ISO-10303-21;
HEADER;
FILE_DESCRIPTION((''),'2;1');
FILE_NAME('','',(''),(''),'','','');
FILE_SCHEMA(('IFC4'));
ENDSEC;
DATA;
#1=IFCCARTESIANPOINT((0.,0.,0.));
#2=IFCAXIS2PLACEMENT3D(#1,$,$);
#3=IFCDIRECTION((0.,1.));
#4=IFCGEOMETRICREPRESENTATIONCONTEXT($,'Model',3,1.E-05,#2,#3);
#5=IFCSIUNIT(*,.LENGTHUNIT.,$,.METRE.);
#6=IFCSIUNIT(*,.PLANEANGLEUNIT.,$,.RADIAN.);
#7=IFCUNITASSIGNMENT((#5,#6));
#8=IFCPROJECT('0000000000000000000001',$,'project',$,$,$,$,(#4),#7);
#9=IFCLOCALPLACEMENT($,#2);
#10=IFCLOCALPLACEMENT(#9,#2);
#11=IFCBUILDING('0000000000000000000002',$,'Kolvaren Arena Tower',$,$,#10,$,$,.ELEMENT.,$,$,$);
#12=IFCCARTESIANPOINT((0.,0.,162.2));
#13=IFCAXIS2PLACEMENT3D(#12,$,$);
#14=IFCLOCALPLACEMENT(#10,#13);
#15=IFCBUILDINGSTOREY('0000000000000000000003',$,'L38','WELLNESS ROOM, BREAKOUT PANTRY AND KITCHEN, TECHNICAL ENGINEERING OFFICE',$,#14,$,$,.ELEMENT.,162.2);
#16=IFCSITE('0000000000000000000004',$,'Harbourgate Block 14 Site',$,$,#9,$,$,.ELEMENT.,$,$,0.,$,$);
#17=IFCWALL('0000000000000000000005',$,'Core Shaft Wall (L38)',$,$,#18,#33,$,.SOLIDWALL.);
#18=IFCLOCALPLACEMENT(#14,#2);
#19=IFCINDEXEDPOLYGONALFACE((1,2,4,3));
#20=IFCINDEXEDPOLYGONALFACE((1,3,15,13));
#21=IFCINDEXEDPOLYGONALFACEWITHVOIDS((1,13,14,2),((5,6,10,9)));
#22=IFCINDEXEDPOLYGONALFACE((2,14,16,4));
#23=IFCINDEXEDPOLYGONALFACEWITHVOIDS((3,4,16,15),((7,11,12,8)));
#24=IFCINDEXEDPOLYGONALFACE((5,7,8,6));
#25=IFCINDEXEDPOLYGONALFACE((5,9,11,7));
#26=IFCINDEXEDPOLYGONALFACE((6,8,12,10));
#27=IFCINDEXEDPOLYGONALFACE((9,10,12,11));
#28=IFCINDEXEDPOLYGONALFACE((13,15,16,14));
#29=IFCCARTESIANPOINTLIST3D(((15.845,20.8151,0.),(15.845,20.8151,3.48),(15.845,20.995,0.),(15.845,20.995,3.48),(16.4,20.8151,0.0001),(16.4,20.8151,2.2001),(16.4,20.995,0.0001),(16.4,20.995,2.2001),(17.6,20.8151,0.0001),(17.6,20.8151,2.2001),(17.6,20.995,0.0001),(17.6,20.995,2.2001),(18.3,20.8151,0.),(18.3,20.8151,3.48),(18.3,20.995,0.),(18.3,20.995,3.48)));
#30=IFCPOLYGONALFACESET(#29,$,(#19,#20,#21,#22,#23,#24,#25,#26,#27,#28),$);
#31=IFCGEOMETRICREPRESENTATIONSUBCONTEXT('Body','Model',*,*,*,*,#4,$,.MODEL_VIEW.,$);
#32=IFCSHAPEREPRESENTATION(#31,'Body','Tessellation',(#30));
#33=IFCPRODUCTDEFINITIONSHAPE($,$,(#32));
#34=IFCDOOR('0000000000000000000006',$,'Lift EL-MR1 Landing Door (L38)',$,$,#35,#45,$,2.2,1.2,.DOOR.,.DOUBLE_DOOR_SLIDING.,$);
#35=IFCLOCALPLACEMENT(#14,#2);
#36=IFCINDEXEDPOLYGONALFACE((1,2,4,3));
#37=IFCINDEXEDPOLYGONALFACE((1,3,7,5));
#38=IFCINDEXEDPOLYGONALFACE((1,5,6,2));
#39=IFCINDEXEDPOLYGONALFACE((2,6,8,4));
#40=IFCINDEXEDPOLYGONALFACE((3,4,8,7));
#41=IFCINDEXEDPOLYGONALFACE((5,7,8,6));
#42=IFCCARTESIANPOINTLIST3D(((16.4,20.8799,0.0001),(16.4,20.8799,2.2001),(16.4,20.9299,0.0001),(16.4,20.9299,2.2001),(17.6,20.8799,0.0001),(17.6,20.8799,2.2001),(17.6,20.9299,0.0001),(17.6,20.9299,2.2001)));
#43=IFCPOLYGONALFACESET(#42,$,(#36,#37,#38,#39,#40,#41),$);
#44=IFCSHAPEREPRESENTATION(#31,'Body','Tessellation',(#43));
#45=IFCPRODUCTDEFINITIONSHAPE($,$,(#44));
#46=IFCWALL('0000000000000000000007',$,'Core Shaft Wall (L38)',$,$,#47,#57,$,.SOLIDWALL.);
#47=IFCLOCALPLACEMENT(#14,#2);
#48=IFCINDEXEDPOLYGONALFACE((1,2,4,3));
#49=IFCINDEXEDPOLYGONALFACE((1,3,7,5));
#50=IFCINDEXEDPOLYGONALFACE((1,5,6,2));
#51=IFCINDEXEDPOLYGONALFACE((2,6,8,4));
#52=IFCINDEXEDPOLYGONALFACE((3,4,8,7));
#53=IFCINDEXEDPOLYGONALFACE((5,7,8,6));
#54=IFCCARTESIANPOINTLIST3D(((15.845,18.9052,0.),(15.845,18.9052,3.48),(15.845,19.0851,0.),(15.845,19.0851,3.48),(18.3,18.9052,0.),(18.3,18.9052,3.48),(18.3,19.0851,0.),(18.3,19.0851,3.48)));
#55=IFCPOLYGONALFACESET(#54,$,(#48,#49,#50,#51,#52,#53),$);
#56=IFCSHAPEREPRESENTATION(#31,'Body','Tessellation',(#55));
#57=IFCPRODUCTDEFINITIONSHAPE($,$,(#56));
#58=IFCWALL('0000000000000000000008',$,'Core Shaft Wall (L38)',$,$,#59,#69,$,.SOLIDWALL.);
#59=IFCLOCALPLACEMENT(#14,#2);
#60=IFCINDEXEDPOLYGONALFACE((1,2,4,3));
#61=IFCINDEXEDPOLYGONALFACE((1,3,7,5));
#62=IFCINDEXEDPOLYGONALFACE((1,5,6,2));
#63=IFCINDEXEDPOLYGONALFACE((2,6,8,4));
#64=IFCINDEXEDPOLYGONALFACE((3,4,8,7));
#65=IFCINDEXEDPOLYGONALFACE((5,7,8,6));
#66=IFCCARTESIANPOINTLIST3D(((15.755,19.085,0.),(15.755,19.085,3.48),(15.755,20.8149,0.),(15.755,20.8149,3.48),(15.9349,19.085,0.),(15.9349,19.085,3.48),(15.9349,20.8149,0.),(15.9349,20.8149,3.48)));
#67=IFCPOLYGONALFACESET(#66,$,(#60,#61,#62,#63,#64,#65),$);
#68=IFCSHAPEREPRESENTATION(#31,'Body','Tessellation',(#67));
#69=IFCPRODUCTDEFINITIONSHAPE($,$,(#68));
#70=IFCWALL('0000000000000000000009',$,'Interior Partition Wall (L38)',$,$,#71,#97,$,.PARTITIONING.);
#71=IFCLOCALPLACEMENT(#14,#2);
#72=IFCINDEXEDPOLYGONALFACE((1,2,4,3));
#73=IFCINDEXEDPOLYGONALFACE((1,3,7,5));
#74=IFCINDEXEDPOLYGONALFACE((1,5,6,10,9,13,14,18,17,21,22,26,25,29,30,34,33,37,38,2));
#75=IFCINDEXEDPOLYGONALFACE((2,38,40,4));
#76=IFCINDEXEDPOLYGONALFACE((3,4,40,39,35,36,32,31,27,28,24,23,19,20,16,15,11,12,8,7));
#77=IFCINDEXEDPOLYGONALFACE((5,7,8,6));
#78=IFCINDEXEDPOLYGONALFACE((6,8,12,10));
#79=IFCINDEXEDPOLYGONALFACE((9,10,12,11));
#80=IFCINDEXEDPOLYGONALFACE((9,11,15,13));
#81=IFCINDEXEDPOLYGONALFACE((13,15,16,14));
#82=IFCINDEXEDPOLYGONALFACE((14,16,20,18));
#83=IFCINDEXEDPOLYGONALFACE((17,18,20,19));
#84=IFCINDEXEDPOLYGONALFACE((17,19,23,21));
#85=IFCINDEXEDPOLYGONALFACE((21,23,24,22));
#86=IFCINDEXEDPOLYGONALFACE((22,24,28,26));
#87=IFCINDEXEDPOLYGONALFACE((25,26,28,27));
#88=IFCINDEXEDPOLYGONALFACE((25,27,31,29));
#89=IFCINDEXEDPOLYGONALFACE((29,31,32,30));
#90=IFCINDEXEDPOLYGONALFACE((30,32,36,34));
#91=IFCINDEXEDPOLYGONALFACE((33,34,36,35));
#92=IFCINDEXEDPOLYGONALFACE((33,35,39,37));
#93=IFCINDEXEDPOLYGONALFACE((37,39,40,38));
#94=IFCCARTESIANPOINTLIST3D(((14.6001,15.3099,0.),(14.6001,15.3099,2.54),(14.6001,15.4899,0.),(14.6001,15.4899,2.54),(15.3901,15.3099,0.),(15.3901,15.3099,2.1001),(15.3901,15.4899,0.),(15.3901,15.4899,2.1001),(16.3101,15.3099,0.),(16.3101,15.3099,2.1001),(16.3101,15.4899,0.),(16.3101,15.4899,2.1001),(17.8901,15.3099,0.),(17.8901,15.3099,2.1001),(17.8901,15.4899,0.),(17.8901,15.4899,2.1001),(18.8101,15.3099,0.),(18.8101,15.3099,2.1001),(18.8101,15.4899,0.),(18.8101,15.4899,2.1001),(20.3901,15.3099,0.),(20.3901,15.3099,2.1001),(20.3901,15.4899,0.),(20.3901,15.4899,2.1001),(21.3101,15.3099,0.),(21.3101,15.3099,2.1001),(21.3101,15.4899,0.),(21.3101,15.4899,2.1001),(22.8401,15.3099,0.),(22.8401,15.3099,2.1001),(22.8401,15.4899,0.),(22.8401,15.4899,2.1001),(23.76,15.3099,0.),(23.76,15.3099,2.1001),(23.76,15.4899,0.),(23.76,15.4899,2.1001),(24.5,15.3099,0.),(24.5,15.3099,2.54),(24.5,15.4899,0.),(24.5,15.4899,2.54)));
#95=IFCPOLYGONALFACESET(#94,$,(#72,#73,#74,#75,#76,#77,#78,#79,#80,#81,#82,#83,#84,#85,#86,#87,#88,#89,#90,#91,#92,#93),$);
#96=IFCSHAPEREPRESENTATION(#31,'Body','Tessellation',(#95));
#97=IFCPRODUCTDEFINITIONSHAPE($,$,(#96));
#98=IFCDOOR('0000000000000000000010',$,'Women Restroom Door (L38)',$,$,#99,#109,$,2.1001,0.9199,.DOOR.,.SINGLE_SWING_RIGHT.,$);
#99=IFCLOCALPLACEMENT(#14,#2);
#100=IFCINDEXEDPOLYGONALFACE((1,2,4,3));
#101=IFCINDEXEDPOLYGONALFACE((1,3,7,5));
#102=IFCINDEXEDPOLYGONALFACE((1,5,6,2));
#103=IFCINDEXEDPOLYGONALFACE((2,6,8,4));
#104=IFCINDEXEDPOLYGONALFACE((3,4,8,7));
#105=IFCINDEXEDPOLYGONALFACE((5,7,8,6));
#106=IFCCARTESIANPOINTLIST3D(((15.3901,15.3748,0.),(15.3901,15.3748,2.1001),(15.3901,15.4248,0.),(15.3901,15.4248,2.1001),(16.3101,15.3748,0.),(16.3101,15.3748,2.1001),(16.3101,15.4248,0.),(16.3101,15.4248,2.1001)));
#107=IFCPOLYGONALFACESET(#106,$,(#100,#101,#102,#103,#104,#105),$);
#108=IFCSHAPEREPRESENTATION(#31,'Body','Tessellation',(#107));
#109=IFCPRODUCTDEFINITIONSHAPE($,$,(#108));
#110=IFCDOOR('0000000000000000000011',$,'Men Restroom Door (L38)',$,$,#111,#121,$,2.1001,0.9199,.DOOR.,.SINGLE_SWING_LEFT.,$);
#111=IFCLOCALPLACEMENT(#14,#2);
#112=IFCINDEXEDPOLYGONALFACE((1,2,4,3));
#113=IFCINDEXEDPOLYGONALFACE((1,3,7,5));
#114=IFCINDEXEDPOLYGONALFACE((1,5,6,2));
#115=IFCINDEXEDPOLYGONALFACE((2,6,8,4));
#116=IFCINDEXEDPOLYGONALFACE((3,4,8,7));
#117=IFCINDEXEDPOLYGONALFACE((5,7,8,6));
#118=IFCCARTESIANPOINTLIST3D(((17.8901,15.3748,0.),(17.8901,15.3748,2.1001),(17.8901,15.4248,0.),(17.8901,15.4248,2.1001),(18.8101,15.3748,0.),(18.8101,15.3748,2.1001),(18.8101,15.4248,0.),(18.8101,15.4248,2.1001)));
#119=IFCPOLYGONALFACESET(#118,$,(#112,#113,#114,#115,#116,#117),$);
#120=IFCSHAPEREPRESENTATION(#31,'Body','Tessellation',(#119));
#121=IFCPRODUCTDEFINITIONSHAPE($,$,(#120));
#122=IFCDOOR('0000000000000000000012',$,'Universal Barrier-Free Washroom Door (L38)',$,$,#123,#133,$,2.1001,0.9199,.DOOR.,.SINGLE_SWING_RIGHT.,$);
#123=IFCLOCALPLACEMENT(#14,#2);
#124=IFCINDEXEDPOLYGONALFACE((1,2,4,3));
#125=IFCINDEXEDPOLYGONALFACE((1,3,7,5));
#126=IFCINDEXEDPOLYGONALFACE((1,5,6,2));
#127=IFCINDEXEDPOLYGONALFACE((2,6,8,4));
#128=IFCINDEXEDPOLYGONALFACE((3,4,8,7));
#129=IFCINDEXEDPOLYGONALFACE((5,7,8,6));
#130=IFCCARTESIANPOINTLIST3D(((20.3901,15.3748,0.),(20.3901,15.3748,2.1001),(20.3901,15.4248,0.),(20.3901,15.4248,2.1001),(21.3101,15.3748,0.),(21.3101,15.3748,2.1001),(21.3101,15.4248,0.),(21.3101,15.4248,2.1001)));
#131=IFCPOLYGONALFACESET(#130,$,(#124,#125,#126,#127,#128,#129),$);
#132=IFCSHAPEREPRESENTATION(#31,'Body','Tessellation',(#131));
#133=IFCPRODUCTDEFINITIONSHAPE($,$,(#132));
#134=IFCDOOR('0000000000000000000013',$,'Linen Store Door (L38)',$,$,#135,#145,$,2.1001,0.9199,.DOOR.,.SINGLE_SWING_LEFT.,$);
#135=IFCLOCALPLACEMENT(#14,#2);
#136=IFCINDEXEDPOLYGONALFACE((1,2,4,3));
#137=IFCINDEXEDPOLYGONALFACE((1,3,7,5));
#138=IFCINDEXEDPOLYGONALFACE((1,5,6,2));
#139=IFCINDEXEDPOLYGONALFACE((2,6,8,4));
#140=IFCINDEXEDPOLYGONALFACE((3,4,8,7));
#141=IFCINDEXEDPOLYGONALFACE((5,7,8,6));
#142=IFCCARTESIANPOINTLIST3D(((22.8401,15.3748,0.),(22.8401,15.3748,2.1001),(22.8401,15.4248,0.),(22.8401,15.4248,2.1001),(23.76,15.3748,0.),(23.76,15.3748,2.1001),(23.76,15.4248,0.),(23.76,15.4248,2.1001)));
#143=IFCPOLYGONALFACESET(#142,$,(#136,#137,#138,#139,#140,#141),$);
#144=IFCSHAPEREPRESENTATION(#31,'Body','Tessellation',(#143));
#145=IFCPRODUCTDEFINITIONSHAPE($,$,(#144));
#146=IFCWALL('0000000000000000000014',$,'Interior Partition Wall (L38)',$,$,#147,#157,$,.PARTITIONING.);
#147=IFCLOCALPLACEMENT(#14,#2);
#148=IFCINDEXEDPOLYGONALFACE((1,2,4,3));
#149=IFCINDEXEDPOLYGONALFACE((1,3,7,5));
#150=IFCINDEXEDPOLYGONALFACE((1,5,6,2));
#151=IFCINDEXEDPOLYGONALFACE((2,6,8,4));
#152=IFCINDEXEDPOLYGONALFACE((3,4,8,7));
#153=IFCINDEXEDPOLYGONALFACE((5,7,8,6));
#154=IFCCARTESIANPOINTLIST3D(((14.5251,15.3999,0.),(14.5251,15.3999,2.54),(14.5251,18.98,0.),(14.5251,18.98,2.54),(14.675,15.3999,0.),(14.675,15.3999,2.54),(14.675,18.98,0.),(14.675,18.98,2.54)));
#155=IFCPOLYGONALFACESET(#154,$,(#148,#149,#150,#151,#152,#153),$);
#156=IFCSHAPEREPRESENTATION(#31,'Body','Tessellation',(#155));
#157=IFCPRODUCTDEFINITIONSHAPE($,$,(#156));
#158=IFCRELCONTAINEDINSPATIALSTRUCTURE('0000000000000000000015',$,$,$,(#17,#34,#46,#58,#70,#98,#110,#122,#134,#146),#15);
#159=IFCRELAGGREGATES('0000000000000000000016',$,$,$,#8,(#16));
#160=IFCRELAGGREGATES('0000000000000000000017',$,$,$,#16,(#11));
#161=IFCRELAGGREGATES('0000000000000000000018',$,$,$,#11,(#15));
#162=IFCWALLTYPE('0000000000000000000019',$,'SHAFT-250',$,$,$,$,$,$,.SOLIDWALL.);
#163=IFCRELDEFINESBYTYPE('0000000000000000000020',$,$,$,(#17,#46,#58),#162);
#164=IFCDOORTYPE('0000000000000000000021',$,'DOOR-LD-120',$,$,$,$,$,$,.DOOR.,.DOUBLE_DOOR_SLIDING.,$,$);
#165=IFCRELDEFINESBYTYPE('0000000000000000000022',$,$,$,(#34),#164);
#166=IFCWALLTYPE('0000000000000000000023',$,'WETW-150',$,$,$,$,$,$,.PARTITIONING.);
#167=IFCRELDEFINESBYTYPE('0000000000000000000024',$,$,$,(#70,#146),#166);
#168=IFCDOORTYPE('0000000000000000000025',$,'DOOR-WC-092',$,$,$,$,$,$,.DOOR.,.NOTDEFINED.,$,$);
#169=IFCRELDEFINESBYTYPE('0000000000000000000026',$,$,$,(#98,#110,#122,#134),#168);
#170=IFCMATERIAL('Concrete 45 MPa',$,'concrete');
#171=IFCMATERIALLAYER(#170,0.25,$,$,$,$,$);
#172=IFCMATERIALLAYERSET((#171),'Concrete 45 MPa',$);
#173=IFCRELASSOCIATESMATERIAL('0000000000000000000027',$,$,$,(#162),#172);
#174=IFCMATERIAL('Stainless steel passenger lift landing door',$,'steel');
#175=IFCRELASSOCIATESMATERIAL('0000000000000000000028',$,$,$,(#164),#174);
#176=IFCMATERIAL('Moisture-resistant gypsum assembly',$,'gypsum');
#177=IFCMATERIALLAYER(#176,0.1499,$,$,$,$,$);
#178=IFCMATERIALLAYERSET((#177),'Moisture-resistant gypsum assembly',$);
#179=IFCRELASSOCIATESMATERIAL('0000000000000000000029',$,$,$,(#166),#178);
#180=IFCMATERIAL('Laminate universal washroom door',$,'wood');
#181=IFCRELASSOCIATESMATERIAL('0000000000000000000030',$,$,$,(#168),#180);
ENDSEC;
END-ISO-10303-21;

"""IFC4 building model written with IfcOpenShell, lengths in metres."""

from ifc_helpers import new_model, si_unit, direction, frame, frame_2d, origin, place, context, subcontext, project, spatial, rectangle, extrude, material, layer, layer_set, type_object, element, fill, save


model = new_model("IFC4")

# Units and contexts
model_context = context("Model", 3, precision=1e-05, world=origin(), true_north=direction((0.0, 1.0)))
body_context = subcontext(model_context, "Body", "Model", "MODEL_VIEW")
ifc_project = project(units=[si_unit("LENGTHUNIT", "METRE"), si_unit("PLANEANGLEUNIT", "RADIAN")], contexts=[model_context])

# Site, building, storey
site_placement = place(None, origin())
site = spatial("IfcSite", under=ifc_project, at=site_placement, Name="Harbourgate Block 14 Site", CompositionType="ELEMENT", RefElevation=0.0)
building_placement = place(site_placement, origin())
building = spatial("IfcBuilding", under=site, at=building_placement, Name="Kolvaren Arena Tower", CompositionType="ELEMENT")
storey_placement = place(building_placement, frame((0.0, 0.0, 162.2)))
storey = spatial("IfcBuildingStorey", under=building, at=storey_placement, Name="L38", Description="WELLNESS ROOM, BREAKOUT PANTRY AND KITCHEN, TECHNICAL ENGINEERING OFFICE", CompositionType="ELEMENT", Elevation=162.2)

# Wall, opening, door
ifc_material_1 = material(Name="Concrete 45 MPa", Category="concrete")
ifc_layer_1 = layer(ifc_material_1, 0.25)
ifc_layer_set_1 = layer_set([ifc_layer_1], Name="Concrete 45 MPa")
wall_type_1 = type_object("IfcWallType", Name="SHAFT-250", PredefinedType="SOLIDWALL", material=ifc_layer_set_1)
wall_1_placement = place(storey_placement, frame((15.845, 20.905, 0.0), z_axis=(0.0, 0.0, 1.0), x_axis=(1.0, 0.0, 0.0)))
wall_1 = element("IfcWall", 1, at=wall_1_placement, inside=storey, type_object=wall_type_1, Name="Core Shaft Wall (L38)", PredefinedType="SOLIDWALL", context=body_context, shape_type="SweptSolid", body=[
    extrude(rectangle(XDim=2.4551, YDim=0.1799, at=frame_2d((1.2275, 0.0))), origin(), (0.0, 0.0, 1.0), 3.48),
])
opening_1_placement = place(wall_1_placement, frame((0.5549, 0.0, 0.0)))
opening_1 = element("IfcOpeningElement", 2, at=opening_1_placement, cuts=wall_1, PredefinedType="OPENING", context=body_context, shape_type="SweptSolid", body=[
    extrude(rectangle(XDim=1.2, YDim=2.2, at=frame_2d((0.6001, 1.1001))), frame((0.0, 0.0999, 0.0), z_axis=(0.0, -1.0, 0.0), x_axis=(1.0, 0.0, 0.0)), (0.0, 0.0, 1.0), 0.2),
])
ifc_material_2 = material(Name="Stainless steel passenger lift landing door", Category="steel")
door_type_1 = type_object("IfcDoorType", Name="DOOR-LD-120", OperationType="DOUBLE_DOOR_SLIDING", PredefinedType="DOOR", material=ifc_material_2)
door_1_placement = place(opening_1_placement, origin())
door_1 = element("IfcDoor", 3, at=door_1_placement, inside=storey, type_object=door_type_1, Name="Lift EL-MR1 Landing Door (L38)", OperationType="DOUBLE_DOOR_SLIDING", OverallHeight=2.2, OverallWidth=1.2, PredefinedType="DOOR", context=body_context, shape_type="SweptSolid", body=[
    extrude(rectangle(XDim=1.2, YDim=2.2, at=frame_2d((0.6001, 1.1001))), frame((0.0, 0.0249, 0.0), z_axis=(0.0, -1.0, 0.0), x_axis=(1.0, 0.0, 0.0)), (0.0, 0.0, 1.0), 0.05),
])
fill(opening_1, door_1)

# Walls
wall_2_placement = place(storey_placement, frame((15.845, 18.9951, 0.0), z_axis=(0.0, 0.0, 1.0), x_axis=(1.0, 0.0, 0.0)))
element("IfcWall", 4, at=wall_2_placement, inside=storey, type_object=wall_type_1, Name="Core Shaft Wall (L38)", PredefinedType="SOLIDWALL", context=body_context, shape_type="SweptSolid", body=[
    extrude(rectangle(XDim=2.4551, YDim=0.1799, at=frame_2d((1.2275, 0.0))), origin(), (0.0, 0.0, 1.0), 3.48),
])
wall_3_placement = place(storey_placement, frame((15.845, 19.085, 0.0), z_axis=(0.0, 0.0, 1.0), x_axis=(0.0, 1.0, 0.0)))
element("IfcWall", 5, at=wall_3_placement, inside=storey, type_object=wall_type_1, Name="Core Shaft Wall (L38)", PredefinedType="SOLIDWALL", context=body_context, shape_type="SweptSolid", body=[
    extrude(rectangle(XDim=1.73, YDim=0.1799, at=frame_2d((0.865, 0.0))), origin(), (0.0, 0.0, 1.0), 3.48),
])

# Wall, openings, doors
ifc_material_3 = material(Name="Moisture-resistant gypsum assembly", Category="gypsum")
ifc_layer_2 = layer(ifc_material_3, 0.1499)
ifc_layer_set_2 = layer_set([ifc_layer_2], Name="Moisture-resistant gypsum assembly")
wall_type_2 = type_object("IfcWallType", Name="WETW-150", PredefinedType="PARTITIONING", material=ifc_layer_set_2)
wall_4_placement = place(storey_placement, frame((14.6001, 15.3999, 0.0), z_axis=(0.0, 0.0, 1.0), x_axis=(1.0, 0.0, 0.0)))
wall_4 = element("IfcWall", 6, at=wall_4_placement, inside=storey, type_object=wall_type_2, Name="Interior Partition Wall (L38)", PredefinedType="PARTITIONING", context=body_context, shape_type="SweptSolid", body=[
    extrude(rectangle(XDim=9.8999, YDim=0.1799, at=frame_2d((4.95, 0.0))), origin(), (0.0, 0.0, 1.0), 2.54),
])
opening_2_placement = place(wall_4_placement, frame((0.79, 0.0, 0.0)))
opening_2 = element("IfcOpeningElement", 7, at=opening_2_placement, cuts=wall_4, PredefinedType="OPENING", context=body_context, shape_type="SweptSolid", body=[
    extrude(rectangle(XDim=0.9199, YDim=2.1001, at=frame_2d((0.46, 1.05))), frame((0.0, 0.0999, 0.0), z_axis=(0.0, -1.0, 0.0), x_axis=(1.0, 0.0, 0.0)), (0.0, 0.0, 1.0), 0.2),
])
opening_3_placement = place(wall_4_placement, frame((3.29, 0.0, 0.0)))
opening_3 = element("IfcOpeningElement", 8, at=opening_3_placement, cuts=wall_4, PredefinedType="OPENING", context=body_context, shape_type="SweptSolid", body=[
    extrude(rectangle(XDim=0.9199, YDim=2.1001, at=frame_2d((0.46, 1.05))), frame((0.0, 0.0999, 0.0), z_axis=(0.0, -1.0, 0.0), x_axis=(1.0, 0.0, 0.0)), (0.0, 0.0, 1.0), 0.2),
])
opening_4_placement = place(wall_4_placement, frame((5.79, 0.0, 0.0)))
opening_4 = element("IfcOpeningElement", 9, at=opening_4_placement, cuts=wall_4, PredefinedType="OPENING", context=body_context, shape_type="SweptSolid", body=[
    extrude(rectangle(XDim=0.9199, YDim=2.1001, at=frame_2d((0.46, 1.05))), frame((0.0, 0.0999, 0.0), z_axis=(0.0, -1.0, 0.0), x_axis=(1.0, 0.0, 0.0)), (0.0, 0.0, 1.0), 0.2),
])
opening_5_placement = place(wall_4_placement, frame((8.24, 0.0, 0.0)))
opening_5 = element("IfcOpeningElement", 10, at=opening_5_placement, cuts=wall_4, PredefinedType="OPENING", context=body_context, shape_type="SweptSolid", body=[
    extrude(rectangle(XDim=0.9199, YDim=2.1001, at=frame_2d((0.46, 1.05))), frame((0.0, 0.0999, 0.0), z_axis=(0.0, -1.0, 0.0), x_axis=(1.0, 0.0, 0.0)), (0.0, 0.0, 1.0), 0.2),
])
ifc_material_4 = material(Name="Laminate universal washroom door", Category="wood")
door_type_2 = type_object("IfcDoorType", Name="DOOR-WC-092", OperationType="NOTDEFINED", PredefinedType="DOOR", material=ifc_material_4)
door_2_placement = place(opening_2_placement, origin())
door_2 = element("IfcDoor", 11, at=door_2_placement, inside=storey, type_object=door_type_2, Name="Women Restroom Door (L38)", OperationType="SINGLE_SWING_RIGHT", OverallHeight=2.1001, OverallWidth=0.9199, PredefinedType="DOOR", context=body_context, shape_type="SweptSolid", body=[
    extrude(rectangle(XDim=0.9199, YDim=2.1001, at=frame_2d((0.46, 1.05))), frame((0.0, 0.0249, 0.0), z_axis=(0.0, -1.0, 0.0), x_axis=(1.0, 0.0, 0.0)), (0.0, 0.0, 1.0), 0.05),
])
fill(opening_2, door_2)
door_3_placement = place(opening_3_placement, origin())
door_3 = element("IfcDoor", 12, at=door_3_placement, inside=storey, type_object=door_type_2, Name="Men Restroom Door (L38)", OperationType="SINGLE_SWING_LEFT", OverallHeight=2.1001, OverallWidth=0.9199, PredefinedType="DOOR", context=body_context, shape_type="SweptSolid", body=[
    extrude(rectangle(XDim=0.9199, YDim=2.1001, at=frame_2d((0.46, 1.05))), frame((0.0, 0.0249, 0.0), z_axis=(0.0, -1.0, 0.0), x_axis=(1.0, 0.0, 0.0)), (0.0, 0.0, 1.0), 0.05),
])
fill(opening_3, door_3)
door_4_placement = place(opening_4_placement, origin())
door_4 = element("IfcDoor", 13, at=door_4_placement, inside=storey, type_object=door_type_2, Name="Universal Barrier-Free Washroom Door (L38)", OperationType="SINGLE_SWING_RIGHT", OverallHeight=2.1001, OverallWidth=0.9199, PredefinedType="DOOR", context=body_context, shape_type="SweptSolid", body=[
    extrude(rectangle(XDim=0.9199, YDim=2.1001, at=frame_2d((0.46, 1.05))), frame((0.0, 0.0249, 0.0), z_axis=(0.0, -1.0, 0.0), x_axis=(1.0, 0.0, 0.0)), (0.0, 0.0, 1.0), 0.05),
])
fill(opening_4, door_4)
door_5_placement = place(opening_5_placement, origin())
door_5 = element("IfcDoor", 14, at=door_5_placement, inside=storey, type_object=door_type_2, Name="Linen Store Door (L38)", OperationType="SINGLE_SWING_LEFT", OverallHeight=2.1001, OverallWidth=0.9199, PredefinedType="DOOR", context=body_context, shape_type="SweptSolid", body=[
    extrude(rectangle(XDim=0.9199, YDim=2.1001, at=frame_2d((0.46, 1.05))), frame((0.0, 0.0249, 0.0), z_axis=(0.0, -1.0, 0.0), x_axis=(1.0, 0.0, 0.0)), (0.0, 0.0, 1.0), 0.05),
])
fill(opening_5, door_5)

# Wall
wall_5_placement = place(storey_placement, frame((14.6001, 15.3999, 0.0), z_axis=(0.0, 0.0, 1.0), x_axis=(0.0, 1.0, 0.0)))
element("IfcWall", 15, at=wall_5_placement, inside=storey, type_object=wall_type_2, Name="Interior Partition Wall (L38)", PredefinedType="PARTITIONING", context=body_context, shape_type="SweptSolid", body=[
    extrude(rectangle(XDim=3.5801, YDim=0.1499, at=frame_2d((1.79, 0.0))), origin(), (0.0, 0.0, 1.0), 2.54),
])

save(model, "model.ifc")
